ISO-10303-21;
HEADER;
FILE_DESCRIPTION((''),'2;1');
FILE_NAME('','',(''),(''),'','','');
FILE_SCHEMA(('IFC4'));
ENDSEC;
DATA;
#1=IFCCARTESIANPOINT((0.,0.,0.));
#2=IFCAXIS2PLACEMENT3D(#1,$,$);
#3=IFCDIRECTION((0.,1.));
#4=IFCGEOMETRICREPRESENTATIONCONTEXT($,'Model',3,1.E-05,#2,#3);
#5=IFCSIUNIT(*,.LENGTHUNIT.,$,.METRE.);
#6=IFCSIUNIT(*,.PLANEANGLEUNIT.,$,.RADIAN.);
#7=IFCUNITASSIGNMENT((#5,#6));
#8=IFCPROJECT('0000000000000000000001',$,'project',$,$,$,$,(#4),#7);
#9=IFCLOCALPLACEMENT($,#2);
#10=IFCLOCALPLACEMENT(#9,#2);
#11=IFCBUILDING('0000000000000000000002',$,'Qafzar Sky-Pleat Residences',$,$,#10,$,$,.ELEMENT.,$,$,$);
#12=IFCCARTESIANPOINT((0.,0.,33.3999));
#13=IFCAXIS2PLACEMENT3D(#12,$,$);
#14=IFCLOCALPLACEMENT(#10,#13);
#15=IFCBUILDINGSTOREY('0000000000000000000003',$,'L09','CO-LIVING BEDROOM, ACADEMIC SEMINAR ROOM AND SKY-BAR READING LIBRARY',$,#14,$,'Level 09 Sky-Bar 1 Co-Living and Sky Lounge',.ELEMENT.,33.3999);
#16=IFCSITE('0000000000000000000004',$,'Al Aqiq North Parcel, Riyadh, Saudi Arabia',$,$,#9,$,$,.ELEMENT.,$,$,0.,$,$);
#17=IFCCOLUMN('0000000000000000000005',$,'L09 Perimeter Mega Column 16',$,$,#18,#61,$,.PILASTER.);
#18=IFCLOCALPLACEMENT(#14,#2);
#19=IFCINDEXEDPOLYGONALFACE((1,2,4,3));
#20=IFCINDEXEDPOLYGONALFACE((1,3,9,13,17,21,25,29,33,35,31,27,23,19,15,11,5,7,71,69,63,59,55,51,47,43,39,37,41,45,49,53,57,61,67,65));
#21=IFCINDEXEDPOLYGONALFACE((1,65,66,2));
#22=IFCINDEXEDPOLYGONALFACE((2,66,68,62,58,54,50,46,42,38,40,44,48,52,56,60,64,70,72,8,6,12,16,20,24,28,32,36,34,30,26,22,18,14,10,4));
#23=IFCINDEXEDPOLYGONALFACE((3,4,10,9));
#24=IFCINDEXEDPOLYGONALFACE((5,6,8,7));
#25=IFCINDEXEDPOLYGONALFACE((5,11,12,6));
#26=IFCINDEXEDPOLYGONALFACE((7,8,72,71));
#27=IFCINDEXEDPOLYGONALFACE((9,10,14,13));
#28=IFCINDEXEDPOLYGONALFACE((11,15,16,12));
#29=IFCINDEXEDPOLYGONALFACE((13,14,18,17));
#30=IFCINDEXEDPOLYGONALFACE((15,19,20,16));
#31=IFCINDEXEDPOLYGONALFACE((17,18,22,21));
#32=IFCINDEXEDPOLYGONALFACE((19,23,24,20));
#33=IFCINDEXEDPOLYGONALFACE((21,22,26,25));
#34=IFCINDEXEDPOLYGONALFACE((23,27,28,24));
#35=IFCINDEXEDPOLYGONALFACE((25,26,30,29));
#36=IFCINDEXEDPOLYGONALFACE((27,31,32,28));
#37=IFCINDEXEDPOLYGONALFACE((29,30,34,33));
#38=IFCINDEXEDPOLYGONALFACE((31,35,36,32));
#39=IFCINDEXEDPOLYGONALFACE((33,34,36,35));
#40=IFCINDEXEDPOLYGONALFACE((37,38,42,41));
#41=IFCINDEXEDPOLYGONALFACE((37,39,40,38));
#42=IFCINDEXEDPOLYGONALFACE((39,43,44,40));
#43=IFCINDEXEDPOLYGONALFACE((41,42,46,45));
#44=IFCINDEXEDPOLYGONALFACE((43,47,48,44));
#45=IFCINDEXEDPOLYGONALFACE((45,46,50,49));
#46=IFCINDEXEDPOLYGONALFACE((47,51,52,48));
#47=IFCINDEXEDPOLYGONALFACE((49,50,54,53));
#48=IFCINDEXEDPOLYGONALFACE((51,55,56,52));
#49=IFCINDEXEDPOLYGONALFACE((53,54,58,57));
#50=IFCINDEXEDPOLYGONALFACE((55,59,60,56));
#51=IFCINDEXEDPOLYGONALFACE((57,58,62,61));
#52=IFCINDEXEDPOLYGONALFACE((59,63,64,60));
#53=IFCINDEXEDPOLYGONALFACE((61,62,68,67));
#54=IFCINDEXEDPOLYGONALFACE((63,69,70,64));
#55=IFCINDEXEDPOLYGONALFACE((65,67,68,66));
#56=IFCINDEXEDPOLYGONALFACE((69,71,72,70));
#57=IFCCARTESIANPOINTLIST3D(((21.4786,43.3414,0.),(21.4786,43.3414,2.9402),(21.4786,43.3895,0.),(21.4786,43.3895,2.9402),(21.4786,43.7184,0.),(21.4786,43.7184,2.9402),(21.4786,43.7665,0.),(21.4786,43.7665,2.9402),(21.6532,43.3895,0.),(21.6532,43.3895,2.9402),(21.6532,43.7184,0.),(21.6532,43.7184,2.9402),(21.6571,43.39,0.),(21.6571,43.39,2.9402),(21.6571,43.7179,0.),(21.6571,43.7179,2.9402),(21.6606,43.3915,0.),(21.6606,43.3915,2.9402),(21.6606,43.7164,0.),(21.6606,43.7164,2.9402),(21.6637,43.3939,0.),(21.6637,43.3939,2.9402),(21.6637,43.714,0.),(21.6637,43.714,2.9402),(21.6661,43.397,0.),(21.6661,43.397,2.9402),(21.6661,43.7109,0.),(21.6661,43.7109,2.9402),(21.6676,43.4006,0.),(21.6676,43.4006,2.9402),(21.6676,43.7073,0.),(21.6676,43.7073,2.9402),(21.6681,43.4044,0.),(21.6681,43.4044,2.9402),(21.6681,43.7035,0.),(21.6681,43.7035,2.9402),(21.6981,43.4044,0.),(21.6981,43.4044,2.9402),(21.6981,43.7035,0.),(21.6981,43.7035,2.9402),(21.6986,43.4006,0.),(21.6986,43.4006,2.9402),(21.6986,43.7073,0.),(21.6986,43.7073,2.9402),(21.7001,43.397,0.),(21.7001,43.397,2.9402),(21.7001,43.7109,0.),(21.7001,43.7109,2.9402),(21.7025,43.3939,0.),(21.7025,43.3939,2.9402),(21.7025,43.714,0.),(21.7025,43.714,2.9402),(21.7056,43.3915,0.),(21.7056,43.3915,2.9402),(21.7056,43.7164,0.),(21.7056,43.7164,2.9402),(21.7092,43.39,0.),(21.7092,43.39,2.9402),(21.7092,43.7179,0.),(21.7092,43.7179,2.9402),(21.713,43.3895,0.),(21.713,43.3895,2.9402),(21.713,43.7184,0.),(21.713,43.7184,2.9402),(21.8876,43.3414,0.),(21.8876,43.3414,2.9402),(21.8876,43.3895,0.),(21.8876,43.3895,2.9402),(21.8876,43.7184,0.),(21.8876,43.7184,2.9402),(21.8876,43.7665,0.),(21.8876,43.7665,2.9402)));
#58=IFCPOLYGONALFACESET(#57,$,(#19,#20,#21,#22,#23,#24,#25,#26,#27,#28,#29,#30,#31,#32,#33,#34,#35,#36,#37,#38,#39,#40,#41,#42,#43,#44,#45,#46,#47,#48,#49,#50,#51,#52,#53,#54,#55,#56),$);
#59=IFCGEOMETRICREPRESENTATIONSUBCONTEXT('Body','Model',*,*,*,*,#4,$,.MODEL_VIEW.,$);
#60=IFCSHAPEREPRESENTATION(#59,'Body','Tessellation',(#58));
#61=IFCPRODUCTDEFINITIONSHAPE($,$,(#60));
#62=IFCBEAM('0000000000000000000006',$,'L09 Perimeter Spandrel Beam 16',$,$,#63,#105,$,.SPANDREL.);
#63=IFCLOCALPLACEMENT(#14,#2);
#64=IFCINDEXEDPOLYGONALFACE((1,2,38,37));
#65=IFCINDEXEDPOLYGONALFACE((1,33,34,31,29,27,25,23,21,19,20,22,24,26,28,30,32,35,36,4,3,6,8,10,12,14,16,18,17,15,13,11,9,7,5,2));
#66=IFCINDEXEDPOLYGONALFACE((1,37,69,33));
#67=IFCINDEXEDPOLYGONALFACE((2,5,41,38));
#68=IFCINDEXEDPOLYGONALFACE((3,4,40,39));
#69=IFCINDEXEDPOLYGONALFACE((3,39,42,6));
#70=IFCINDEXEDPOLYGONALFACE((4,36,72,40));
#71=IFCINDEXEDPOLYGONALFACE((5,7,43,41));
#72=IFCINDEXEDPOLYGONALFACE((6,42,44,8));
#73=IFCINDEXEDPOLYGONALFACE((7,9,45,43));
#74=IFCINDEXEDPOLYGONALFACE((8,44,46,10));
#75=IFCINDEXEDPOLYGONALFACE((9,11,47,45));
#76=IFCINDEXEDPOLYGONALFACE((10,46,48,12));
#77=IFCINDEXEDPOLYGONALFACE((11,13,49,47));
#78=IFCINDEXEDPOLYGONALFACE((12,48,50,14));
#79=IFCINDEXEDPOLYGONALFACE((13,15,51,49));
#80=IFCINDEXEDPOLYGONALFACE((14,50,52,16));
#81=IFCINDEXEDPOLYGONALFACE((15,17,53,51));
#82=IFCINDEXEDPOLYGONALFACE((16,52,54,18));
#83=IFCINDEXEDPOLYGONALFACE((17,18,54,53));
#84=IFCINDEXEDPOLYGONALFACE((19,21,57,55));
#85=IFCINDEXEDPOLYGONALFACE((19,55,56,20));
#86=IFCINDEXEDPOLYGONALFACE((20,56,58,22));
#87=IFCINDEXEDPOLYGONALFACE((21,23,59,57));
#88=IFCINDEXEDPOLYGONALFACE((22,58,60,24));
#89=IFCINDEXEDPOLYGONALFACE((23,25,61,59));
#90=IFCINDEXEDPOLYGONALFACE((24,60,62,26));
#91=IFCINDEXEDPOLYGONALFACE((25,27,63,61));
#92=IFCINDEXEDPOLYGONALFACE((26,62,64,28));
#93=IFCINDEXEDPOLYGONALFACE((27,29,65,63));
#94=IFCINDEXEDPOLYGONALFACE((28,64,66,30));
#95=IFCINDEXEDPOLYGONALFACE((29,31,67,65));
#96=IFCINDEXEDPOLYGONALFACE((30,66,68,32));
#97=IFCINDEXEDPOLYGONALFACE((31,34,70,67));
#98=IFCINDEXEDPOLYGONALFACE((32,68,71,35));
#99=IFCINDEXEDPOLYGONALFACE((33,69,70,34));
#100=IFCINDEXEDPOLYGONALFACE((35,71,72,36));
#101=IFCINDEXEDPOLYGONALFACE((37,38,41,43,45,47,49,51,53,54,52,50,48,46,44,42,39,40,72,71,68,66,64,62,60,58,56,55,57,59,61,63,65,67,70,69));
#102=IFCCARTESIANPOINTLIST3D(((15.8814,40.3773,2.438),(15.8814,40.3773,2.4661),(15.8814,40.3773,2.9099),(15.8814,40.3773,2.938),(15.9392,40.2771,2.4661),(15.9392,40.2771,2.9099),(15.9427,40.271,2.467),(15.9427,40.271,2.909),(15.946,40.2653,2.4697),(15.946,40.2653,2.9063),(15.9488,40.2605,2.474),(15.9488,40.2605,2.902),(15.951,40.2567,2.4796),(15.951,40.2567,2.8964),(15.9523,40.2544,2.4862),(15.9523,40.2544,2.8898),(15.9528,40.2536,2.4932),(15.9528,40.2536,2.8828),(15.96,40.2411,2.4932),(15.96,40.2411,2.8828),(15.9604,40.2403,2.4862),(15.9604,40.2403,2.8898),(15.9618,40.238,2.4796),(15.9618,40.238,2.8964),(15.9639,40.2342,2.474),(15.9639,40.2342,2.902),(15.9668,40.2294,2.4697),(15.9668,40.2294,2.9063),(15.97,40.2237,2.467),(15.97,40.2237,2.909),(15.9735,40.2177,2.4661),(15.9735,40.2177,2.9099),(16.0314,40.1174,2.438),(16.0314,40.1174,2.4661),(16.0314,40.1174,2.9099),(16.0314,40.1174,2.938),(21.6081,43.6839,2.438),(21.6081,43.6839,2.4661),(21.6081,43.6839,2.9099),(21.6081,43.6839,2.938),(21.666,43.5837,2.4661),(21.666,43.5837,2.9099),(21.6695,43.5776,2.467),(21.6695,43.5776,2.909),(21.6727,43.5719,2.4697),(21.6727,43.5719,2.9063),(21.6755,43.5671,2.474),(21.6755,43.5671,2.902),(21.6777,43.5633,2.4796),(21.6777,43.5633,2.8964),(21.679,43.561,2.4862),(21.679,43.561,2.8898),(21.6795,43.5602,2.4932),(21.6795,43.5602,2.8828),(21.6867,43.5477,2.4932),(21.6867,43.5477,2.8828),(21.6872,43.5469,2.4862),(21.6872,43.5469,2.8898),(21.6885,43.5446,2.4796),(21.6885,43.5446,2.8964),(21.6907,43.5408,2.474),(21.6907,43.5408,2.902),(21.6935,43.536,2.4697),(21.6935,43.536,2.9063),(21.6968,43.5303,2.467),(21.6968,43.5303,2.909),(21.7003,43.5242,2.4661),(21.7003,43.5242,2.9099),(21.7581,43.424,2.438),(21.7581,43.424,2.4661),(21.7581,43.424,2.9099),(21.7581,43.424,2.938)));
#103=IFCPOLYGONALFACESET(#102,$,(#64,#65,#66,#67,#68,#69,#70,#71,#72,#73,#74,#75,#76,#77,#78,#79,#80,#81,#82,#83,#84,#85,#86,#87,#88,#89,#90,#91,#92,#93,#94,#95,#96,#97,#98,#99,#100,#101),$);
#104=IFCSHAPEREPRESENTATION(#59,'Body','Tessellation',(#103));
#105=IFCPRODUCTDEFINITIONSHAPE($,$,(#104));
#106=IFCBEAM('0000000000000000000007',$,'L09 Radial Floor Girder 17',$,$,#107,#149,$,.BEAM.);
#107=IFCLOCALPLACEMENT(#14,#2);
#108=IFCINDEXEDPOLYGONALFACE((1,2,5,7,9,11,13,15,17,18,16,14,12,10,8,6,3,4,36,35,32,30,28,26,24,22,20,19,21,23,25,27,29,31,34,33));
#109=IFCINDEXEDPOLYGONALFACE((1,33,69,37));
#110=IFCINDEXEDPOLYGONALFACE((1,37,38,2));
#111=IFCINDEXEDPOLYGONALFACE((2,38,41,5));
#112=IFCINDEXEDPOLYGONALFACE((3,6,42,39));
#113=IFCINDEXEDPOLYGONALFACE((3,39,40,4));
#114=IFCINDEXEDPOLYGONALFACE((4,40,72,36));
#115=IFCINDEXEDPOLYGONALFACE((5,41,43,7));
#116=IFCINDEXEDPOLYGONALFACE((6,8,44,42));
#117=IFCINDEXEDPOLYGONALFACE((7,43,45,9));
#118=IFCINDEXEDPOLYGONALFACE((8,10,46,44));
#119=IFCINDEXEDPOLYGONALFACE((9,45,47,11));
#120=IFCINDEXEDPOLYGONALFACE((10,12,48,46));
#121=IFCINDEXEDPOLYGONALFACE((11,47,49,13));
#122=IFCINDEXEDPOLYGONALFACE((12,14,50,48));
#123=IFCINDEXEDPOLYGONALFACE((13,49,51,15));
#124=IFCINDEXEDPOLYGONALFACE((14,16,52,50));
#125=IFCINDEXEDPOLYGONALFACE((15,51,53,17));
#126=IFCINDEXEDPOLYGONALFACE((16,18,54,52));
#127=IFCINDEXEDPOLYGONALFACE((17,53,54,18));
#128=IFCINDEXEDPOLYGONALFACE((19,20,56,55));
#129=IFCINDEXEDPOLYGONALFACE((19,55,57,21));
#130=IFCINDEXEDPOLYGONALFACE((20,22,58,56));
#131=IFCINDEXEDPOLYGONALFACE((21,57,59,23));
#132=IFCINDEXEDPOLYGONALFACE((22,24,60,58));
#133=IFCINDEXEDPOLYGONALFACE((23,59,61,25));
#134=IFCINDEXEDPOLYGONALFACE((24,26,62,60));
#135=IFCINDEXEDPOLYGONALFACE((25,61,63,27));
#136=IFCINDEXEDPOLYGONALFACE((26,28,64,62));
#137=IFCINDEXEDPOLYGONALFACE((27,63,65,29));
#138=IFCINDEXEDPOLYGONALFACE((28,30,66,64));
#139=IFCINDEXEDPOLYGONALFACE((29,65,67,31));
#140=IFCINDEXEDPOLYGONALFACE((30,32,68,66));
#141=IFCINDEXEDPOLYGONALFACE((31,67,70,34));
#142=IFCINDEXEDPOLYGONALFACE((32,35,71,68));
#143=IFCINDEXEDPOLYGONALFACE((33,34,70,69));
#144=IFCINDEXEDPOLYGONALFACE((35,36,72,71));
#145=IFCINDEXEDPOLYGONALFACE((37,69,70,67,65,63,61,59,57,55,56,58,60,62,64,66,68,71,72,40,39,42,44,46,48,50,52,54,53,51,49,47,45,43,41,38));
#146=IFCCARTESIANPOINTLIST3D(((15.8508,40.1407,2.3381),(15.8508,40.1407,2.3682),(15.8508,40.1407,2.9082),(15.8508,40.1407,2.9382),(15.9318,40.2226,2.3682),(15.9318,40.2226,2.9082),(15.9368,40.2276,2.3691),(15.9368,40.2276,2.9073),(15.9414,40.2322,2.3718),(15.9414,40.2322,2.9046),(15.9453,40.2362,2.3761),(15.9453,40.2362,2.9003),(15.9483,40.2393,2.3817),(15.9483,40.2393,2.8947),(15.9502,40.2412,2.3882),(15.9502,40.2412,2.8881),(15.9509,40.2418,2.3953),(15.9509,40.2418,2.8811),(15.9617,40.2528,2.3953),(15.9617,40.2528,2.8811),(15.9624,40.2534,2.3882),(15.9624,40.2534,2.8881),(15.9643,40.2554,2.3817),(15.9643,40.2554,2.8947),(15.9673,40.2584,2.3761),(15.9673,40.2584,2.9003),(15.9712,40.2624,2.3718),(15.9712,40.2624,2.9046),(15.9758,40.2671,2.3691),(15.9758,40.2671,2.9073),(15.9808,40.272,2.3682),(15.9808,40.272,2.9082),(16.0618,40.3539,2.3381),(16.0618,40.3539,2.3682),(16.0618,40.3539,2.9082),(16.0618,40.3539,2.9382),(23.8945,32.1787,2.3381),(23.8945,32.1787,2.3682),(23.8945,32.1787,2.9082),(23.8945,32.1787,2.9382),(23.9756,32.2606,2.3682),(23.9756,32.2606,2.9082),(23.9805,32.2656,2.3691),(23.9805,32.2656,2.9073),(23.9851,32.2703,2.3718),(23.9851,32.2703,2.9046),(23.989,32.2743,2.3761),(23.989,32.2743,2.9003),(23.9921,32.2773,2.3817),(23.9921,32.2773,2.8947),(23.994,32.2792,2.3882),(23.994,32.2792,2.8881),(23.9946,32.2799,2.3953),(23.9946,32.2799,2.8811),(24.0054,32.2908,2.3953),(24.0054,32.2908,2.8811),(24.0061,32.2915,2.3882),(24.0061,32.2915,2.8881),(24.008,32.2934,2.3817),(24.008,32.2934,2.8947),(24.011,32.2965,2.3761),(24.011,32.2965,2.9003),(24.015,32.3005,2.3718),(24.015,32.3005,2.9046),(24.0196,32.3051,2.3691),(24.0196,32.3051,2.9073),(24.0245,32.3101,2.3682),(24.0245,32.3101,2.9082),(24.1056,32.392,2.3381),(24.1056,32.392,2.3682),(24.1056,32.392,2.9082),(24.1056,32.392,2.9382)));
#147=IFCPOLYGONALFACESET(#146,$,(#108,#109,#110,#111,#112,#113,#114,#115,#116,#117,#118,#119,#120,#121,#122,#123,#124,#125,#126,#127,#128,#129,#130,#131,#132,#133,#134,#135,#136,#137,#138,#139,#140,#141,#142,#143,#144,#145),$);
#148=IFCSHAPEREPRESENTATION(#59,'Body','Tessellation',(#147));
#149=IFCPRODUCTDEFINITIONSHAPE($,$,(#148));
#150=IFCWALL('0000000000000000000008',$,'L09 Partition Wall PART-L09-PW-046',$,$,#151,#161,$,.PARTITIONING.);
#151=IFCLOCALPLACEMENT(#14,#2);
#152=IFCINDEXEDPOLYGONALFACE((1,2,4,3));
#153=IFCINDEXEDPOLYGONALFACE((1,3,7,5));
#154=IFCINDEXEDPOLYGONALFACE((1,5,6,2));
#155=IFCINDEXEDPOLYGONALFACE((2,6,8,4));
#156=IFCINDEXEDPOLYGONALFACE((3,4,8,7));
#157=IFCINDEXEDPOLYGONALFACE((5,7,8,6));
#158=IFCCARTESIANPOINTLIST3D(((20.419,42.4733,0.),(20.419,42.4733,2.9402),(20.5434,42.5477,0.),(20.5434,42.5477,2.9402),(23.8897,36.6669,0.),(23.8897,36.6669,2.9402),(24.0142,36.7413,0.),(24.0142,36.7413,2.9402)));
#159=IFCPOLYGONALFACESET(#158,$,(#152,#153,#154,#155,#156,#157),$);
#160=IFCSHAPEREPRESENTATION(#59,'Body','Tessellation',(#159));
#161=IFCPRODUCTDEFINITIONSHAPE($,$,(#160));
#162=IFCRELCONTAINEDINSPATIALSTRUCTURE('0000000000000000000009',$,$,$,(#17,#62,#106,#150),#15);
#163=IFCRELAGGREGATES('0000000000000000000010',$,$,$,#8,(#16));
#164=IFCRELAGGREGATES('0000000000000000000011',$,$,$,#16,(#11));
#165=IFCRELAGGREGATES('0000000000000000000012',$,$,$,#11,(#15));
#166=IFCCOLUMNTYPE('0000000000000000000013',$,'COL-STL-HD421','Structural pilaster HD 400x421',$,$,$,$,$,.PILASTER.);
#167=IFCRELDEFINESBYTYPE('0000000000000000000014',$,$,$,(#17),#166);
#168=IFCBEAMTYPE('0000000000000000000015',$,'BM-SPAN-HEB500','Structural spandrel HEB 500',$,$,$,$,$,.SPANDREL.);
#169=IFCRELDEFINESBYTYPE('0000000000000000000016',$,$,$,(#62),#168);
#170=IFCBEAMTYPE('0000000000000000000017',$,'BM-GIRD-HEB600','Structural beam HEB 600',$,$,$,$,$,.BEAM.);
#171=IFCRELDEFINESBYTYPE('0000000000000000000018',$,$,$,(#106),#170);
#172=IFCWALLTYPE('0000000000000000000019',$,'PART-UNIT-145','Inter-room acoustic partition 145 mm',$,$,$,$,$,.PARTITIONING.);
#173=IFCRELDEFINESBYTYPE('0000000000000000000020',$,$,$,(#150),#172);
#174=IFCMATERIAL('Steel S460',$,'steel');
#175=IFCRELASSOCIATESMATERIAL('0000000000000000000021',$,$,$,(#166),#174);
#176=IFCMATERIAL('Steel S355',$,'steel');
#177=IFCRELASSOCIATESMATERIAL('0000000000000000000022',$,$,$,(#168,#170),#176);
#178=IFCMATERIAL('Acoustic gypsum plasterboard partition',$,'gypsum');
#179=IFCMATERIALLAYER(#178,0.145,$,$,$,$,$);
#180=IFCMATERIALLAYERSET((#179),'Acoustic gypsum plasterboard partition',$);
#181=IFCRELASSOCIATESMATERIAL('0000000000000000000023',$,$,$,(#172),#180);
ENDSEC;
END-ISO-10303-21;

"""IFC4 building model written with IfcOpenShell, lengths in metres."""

from ifc_helpers import new_model, si_unit, direction, frame, frame_2d, origin, origin_2d, place, context, subcontext, project, spatial, rectangle, i_section, extrude, source, transform, mapped, material, layer, layer_set, material_profile, profile_set, type_object, element, save


model = new_model("IFC4")

# Units and contexts
model_context = context("Model", 3, precision=1e-05, world=origin(), true_north=direction((0.0, 1.0)))
body_context = subcontext(model_context, "Body", "Model", "MODEL_VIEW")
ifc_project = project(units=[si_unit("LENGTHUNIT", "METRE"), si_unit("PLANEANGLEUNIT", "RADIAN")], contexts=[model_context])

# Site, building, storey
site_placement = place(None, origin())
site = spatial("IfcSite", under=ifc_project, at=site_placement, Name="Al Aqiq North Parcel, Riyadh, Saudi Arabia", CompositionType="ELEMENT", RefElevation=0.0)
building_placement = place(site_placement, origin())
building = spatial("IfcBuilding", under=site, at=building_placement, Name="Qafzar Sky-Pleat Residences", CompositionType="ELEMENT")
storey_placement = place(building_placement, frame((0.0, 0.0, 33.3999)))
storey = spatial("IfcBuildingStorey", under=building, at=storey_placement, Name="L09", Description="CO-LIVING BEDROOM, ACADEMIC SEMINAR ROOM AND SKY-BAR READING LIBRARY", LongName="Level 09 Sky-Bar 1 Co-Living and Sky Lounge", CompositionType="ELEMENT", Elevation=33.3999)

# Column
ifc_material_1 = material(Name="Steel S460", Category="steel")
ifc_material_profile_1 = material_profile(ifc_material_1, i_section(OverallWidth=0.4089, OverallDepth=0.425, WebThickness=0.03, FlangeThickness=0.0481, FilletRadius=0.0149, at=origin_2d()), Name="HD 400x421")
ifc_profile_set_1 = profile_set([ifc_material_profile_1], Name="Steel S460")
column_type = type_object("IfcColumnType", Name="COL-STL-HD421", Description="Structural pilaster HD 400x421", PredefinedType="PILASTER", material=ifc_profile_set_1)
shared_shape_1 = source(origin(), body_context, "Body", "SweptSolid", [
    extrude(i_section(OverallWidth=0.4089, OverallDepth=0.425, WebThickness=0.03, FlangeThickness=0.0481, FilletRadius=0.0149, at=origin_2d()), origin(), (0.0, 0.0, 1.0), 2.9402),
])
column_placement = place(storey_placement, frame((21.6831, 43.554, 0.0), z_axis=(0.0, 0.0, 1.0), x_axis=(1.0, 0.0, 0.0)))
element("IfcColumn", 1, at=column_placement, inside=storey, type_object=column_type, Name="L09 Perimeter Mega Column 16", PredefinedType="PILASTER", context=body_context, shape_type="MappedRepresentation", body=[
    mapped(shared_shape_1, transform((0.0, 0.0, 0.0), x_axis=(1.0, 0.0, 0.0), y_axis=(0.0, 1.0, 0.0), z_axis=(0.0, 0.0, 1.0), scale=1.0)),
])

# Beams
ifc_material_2 = material(Name="Steel S355", Category="steel")
ifc_material_profile_2 = material_profile(ifc_material_2, i_section(OverallWidth=0.3, OverallDepth=0.5, WebThickness=0.0144, FlangeThickness=0.0281, FilletRadius=0.0271, at=origin_2d()), Name="HEB 500")
ifc_profile_set_2 = profile_set([ifc_material_profile_2], Name="Steel S355")
beam_type_1 = type_object("IfcBeamType", Name="BM-SPAN-HEB500", Description="Structural spandrel HEB 500", PredefinedType="SPANDREL", material=ifc_profile_set_2)
shared_shape_2 = source(origin(), body_context, "Body", "SweptSolid", [
    extrude(i_section(OverallWidth=0.3, OverallDepth=0.5, WebThickness=0.0144, FlangeThickness=0.0281, FilletRadius=0.0271, at=origin_2d()), origin(), (0.0, 0.0, 1.0), 6.6128),
])
beam_1_placement = place(storey_placement, frame((21.6831, 43.554, 2.688), z_axis=(-0.866008, -0.50003, 0.0), x_axis=(0.50003, -0.866008, 0.0)))
element("IfcBeam", 2, at=beam_1_placement, inside=storey, type_object=beam_type_1, Name="L09 Perimeter Spandrel Beam 16", PredefinedType="SPANDREL", context=body_context, shape_type="MappedRepresentation", body=[
    mapped(shared_shape_2, transform((0.0, 0.0, 0.0), x_axis=(1.0, 0.0, 0.0), y_axis=(0.0, 1.0, 0.0), z_axis=(0.0, 0.0, 1.0), scale=1.0)),
])
ifc_material_profile_3 = material_profile(ifc_material_2, i_section(OverallWidth=0.3, OverallDepth=0.6001, WebThickness=0.0154, FlangeThickness=0.03, FilletRadius=0.0271, at=origin_2d()), Name="HEB 600")
ifc_profile_set_3 = profile_set([ifc_material_profile_3], Name="Steel S355")
beam_type_2 = type_object("IfcBeamType", Name="BM-GIRD-HEB600", Description="Structural beam HEB 600", PredefinedType="BEAM", material=ifc_profile_set_3)
shared_shape_3 = source(origin(), body_context, "Body", "SweptSolid", [
    extrude(i_section(OverallWidth=0.3, OverallDepth=0.6001, WebThickness=0.0154, FlangeThickness=0.03, FilletRadius=0.0271, at=origin_2d()), origin(), (0.0, 0.0, 1.0), 11.3179),
])
beam_2_placement = place(storey_placement, frame((15.9563, 40.2473, 2.6382), z_axis=(0.710711, -0.703484, 0.0), x_axis=(0.703484, 0.710711, 0.0)))
element("IfcBeam", 3, at=beam_2_placement, inside=storey, type_object=beam_type_2, Name="L09 Radial Floor Girder 17", PredefinedType="BEAM", context=body_context, shape_type="MappedRepresentation", body=[
    mapped(shared_shape_3, transform((0.0, 0.0, 0.0), x_axis=(1.0, 0.0, 0.0), y_axis=(0.0, 1.0, 0.0), z_axis=(0.0, 0.0, 1.0), scale=1.0)),
])

# Wall
ifc_material_3 = material(Name="Acoustic gypsum plasterboard partition", Category="gypsum")
ifc_layer_1 = layer(ifc_material_3, 0.145)
ifc_layer_set_1 = layer_set([ifc_layer_1], Name="Acoustic gypsum plasterboard partition")
wall_type_1 = type_object("IfcWallType", Name="PART-UNIT-145", Description="Inter-room acoustic partition 145 mm", PredefinedType="PARTITIONING", material=ifc_layer_set_1)
wall_1_placement = place(storey_placement, frame((20.4812, 42.5105, 0.0), z_axis=(0.0, 0.0, 1.0), x_axis=(0.513067, -0.858348, 0.0)))
element("IfcWall", 4, at=wall_1_placement, inside=storey, type_object=wall_type_1, Name="L09 Partition Wall PART-L09-PW-046", PredefinedType="PARTITIONING", context=body_context, shape_type="SweptSolid", body=[
    extrude(rectangle(XDim=6.7646, YDim=0.145, at=frame_2d((3.3823, 0.0))), origin(), (0.0, 0.0, 1.0), 2.9402),
])

save(model, "model.ifc")
